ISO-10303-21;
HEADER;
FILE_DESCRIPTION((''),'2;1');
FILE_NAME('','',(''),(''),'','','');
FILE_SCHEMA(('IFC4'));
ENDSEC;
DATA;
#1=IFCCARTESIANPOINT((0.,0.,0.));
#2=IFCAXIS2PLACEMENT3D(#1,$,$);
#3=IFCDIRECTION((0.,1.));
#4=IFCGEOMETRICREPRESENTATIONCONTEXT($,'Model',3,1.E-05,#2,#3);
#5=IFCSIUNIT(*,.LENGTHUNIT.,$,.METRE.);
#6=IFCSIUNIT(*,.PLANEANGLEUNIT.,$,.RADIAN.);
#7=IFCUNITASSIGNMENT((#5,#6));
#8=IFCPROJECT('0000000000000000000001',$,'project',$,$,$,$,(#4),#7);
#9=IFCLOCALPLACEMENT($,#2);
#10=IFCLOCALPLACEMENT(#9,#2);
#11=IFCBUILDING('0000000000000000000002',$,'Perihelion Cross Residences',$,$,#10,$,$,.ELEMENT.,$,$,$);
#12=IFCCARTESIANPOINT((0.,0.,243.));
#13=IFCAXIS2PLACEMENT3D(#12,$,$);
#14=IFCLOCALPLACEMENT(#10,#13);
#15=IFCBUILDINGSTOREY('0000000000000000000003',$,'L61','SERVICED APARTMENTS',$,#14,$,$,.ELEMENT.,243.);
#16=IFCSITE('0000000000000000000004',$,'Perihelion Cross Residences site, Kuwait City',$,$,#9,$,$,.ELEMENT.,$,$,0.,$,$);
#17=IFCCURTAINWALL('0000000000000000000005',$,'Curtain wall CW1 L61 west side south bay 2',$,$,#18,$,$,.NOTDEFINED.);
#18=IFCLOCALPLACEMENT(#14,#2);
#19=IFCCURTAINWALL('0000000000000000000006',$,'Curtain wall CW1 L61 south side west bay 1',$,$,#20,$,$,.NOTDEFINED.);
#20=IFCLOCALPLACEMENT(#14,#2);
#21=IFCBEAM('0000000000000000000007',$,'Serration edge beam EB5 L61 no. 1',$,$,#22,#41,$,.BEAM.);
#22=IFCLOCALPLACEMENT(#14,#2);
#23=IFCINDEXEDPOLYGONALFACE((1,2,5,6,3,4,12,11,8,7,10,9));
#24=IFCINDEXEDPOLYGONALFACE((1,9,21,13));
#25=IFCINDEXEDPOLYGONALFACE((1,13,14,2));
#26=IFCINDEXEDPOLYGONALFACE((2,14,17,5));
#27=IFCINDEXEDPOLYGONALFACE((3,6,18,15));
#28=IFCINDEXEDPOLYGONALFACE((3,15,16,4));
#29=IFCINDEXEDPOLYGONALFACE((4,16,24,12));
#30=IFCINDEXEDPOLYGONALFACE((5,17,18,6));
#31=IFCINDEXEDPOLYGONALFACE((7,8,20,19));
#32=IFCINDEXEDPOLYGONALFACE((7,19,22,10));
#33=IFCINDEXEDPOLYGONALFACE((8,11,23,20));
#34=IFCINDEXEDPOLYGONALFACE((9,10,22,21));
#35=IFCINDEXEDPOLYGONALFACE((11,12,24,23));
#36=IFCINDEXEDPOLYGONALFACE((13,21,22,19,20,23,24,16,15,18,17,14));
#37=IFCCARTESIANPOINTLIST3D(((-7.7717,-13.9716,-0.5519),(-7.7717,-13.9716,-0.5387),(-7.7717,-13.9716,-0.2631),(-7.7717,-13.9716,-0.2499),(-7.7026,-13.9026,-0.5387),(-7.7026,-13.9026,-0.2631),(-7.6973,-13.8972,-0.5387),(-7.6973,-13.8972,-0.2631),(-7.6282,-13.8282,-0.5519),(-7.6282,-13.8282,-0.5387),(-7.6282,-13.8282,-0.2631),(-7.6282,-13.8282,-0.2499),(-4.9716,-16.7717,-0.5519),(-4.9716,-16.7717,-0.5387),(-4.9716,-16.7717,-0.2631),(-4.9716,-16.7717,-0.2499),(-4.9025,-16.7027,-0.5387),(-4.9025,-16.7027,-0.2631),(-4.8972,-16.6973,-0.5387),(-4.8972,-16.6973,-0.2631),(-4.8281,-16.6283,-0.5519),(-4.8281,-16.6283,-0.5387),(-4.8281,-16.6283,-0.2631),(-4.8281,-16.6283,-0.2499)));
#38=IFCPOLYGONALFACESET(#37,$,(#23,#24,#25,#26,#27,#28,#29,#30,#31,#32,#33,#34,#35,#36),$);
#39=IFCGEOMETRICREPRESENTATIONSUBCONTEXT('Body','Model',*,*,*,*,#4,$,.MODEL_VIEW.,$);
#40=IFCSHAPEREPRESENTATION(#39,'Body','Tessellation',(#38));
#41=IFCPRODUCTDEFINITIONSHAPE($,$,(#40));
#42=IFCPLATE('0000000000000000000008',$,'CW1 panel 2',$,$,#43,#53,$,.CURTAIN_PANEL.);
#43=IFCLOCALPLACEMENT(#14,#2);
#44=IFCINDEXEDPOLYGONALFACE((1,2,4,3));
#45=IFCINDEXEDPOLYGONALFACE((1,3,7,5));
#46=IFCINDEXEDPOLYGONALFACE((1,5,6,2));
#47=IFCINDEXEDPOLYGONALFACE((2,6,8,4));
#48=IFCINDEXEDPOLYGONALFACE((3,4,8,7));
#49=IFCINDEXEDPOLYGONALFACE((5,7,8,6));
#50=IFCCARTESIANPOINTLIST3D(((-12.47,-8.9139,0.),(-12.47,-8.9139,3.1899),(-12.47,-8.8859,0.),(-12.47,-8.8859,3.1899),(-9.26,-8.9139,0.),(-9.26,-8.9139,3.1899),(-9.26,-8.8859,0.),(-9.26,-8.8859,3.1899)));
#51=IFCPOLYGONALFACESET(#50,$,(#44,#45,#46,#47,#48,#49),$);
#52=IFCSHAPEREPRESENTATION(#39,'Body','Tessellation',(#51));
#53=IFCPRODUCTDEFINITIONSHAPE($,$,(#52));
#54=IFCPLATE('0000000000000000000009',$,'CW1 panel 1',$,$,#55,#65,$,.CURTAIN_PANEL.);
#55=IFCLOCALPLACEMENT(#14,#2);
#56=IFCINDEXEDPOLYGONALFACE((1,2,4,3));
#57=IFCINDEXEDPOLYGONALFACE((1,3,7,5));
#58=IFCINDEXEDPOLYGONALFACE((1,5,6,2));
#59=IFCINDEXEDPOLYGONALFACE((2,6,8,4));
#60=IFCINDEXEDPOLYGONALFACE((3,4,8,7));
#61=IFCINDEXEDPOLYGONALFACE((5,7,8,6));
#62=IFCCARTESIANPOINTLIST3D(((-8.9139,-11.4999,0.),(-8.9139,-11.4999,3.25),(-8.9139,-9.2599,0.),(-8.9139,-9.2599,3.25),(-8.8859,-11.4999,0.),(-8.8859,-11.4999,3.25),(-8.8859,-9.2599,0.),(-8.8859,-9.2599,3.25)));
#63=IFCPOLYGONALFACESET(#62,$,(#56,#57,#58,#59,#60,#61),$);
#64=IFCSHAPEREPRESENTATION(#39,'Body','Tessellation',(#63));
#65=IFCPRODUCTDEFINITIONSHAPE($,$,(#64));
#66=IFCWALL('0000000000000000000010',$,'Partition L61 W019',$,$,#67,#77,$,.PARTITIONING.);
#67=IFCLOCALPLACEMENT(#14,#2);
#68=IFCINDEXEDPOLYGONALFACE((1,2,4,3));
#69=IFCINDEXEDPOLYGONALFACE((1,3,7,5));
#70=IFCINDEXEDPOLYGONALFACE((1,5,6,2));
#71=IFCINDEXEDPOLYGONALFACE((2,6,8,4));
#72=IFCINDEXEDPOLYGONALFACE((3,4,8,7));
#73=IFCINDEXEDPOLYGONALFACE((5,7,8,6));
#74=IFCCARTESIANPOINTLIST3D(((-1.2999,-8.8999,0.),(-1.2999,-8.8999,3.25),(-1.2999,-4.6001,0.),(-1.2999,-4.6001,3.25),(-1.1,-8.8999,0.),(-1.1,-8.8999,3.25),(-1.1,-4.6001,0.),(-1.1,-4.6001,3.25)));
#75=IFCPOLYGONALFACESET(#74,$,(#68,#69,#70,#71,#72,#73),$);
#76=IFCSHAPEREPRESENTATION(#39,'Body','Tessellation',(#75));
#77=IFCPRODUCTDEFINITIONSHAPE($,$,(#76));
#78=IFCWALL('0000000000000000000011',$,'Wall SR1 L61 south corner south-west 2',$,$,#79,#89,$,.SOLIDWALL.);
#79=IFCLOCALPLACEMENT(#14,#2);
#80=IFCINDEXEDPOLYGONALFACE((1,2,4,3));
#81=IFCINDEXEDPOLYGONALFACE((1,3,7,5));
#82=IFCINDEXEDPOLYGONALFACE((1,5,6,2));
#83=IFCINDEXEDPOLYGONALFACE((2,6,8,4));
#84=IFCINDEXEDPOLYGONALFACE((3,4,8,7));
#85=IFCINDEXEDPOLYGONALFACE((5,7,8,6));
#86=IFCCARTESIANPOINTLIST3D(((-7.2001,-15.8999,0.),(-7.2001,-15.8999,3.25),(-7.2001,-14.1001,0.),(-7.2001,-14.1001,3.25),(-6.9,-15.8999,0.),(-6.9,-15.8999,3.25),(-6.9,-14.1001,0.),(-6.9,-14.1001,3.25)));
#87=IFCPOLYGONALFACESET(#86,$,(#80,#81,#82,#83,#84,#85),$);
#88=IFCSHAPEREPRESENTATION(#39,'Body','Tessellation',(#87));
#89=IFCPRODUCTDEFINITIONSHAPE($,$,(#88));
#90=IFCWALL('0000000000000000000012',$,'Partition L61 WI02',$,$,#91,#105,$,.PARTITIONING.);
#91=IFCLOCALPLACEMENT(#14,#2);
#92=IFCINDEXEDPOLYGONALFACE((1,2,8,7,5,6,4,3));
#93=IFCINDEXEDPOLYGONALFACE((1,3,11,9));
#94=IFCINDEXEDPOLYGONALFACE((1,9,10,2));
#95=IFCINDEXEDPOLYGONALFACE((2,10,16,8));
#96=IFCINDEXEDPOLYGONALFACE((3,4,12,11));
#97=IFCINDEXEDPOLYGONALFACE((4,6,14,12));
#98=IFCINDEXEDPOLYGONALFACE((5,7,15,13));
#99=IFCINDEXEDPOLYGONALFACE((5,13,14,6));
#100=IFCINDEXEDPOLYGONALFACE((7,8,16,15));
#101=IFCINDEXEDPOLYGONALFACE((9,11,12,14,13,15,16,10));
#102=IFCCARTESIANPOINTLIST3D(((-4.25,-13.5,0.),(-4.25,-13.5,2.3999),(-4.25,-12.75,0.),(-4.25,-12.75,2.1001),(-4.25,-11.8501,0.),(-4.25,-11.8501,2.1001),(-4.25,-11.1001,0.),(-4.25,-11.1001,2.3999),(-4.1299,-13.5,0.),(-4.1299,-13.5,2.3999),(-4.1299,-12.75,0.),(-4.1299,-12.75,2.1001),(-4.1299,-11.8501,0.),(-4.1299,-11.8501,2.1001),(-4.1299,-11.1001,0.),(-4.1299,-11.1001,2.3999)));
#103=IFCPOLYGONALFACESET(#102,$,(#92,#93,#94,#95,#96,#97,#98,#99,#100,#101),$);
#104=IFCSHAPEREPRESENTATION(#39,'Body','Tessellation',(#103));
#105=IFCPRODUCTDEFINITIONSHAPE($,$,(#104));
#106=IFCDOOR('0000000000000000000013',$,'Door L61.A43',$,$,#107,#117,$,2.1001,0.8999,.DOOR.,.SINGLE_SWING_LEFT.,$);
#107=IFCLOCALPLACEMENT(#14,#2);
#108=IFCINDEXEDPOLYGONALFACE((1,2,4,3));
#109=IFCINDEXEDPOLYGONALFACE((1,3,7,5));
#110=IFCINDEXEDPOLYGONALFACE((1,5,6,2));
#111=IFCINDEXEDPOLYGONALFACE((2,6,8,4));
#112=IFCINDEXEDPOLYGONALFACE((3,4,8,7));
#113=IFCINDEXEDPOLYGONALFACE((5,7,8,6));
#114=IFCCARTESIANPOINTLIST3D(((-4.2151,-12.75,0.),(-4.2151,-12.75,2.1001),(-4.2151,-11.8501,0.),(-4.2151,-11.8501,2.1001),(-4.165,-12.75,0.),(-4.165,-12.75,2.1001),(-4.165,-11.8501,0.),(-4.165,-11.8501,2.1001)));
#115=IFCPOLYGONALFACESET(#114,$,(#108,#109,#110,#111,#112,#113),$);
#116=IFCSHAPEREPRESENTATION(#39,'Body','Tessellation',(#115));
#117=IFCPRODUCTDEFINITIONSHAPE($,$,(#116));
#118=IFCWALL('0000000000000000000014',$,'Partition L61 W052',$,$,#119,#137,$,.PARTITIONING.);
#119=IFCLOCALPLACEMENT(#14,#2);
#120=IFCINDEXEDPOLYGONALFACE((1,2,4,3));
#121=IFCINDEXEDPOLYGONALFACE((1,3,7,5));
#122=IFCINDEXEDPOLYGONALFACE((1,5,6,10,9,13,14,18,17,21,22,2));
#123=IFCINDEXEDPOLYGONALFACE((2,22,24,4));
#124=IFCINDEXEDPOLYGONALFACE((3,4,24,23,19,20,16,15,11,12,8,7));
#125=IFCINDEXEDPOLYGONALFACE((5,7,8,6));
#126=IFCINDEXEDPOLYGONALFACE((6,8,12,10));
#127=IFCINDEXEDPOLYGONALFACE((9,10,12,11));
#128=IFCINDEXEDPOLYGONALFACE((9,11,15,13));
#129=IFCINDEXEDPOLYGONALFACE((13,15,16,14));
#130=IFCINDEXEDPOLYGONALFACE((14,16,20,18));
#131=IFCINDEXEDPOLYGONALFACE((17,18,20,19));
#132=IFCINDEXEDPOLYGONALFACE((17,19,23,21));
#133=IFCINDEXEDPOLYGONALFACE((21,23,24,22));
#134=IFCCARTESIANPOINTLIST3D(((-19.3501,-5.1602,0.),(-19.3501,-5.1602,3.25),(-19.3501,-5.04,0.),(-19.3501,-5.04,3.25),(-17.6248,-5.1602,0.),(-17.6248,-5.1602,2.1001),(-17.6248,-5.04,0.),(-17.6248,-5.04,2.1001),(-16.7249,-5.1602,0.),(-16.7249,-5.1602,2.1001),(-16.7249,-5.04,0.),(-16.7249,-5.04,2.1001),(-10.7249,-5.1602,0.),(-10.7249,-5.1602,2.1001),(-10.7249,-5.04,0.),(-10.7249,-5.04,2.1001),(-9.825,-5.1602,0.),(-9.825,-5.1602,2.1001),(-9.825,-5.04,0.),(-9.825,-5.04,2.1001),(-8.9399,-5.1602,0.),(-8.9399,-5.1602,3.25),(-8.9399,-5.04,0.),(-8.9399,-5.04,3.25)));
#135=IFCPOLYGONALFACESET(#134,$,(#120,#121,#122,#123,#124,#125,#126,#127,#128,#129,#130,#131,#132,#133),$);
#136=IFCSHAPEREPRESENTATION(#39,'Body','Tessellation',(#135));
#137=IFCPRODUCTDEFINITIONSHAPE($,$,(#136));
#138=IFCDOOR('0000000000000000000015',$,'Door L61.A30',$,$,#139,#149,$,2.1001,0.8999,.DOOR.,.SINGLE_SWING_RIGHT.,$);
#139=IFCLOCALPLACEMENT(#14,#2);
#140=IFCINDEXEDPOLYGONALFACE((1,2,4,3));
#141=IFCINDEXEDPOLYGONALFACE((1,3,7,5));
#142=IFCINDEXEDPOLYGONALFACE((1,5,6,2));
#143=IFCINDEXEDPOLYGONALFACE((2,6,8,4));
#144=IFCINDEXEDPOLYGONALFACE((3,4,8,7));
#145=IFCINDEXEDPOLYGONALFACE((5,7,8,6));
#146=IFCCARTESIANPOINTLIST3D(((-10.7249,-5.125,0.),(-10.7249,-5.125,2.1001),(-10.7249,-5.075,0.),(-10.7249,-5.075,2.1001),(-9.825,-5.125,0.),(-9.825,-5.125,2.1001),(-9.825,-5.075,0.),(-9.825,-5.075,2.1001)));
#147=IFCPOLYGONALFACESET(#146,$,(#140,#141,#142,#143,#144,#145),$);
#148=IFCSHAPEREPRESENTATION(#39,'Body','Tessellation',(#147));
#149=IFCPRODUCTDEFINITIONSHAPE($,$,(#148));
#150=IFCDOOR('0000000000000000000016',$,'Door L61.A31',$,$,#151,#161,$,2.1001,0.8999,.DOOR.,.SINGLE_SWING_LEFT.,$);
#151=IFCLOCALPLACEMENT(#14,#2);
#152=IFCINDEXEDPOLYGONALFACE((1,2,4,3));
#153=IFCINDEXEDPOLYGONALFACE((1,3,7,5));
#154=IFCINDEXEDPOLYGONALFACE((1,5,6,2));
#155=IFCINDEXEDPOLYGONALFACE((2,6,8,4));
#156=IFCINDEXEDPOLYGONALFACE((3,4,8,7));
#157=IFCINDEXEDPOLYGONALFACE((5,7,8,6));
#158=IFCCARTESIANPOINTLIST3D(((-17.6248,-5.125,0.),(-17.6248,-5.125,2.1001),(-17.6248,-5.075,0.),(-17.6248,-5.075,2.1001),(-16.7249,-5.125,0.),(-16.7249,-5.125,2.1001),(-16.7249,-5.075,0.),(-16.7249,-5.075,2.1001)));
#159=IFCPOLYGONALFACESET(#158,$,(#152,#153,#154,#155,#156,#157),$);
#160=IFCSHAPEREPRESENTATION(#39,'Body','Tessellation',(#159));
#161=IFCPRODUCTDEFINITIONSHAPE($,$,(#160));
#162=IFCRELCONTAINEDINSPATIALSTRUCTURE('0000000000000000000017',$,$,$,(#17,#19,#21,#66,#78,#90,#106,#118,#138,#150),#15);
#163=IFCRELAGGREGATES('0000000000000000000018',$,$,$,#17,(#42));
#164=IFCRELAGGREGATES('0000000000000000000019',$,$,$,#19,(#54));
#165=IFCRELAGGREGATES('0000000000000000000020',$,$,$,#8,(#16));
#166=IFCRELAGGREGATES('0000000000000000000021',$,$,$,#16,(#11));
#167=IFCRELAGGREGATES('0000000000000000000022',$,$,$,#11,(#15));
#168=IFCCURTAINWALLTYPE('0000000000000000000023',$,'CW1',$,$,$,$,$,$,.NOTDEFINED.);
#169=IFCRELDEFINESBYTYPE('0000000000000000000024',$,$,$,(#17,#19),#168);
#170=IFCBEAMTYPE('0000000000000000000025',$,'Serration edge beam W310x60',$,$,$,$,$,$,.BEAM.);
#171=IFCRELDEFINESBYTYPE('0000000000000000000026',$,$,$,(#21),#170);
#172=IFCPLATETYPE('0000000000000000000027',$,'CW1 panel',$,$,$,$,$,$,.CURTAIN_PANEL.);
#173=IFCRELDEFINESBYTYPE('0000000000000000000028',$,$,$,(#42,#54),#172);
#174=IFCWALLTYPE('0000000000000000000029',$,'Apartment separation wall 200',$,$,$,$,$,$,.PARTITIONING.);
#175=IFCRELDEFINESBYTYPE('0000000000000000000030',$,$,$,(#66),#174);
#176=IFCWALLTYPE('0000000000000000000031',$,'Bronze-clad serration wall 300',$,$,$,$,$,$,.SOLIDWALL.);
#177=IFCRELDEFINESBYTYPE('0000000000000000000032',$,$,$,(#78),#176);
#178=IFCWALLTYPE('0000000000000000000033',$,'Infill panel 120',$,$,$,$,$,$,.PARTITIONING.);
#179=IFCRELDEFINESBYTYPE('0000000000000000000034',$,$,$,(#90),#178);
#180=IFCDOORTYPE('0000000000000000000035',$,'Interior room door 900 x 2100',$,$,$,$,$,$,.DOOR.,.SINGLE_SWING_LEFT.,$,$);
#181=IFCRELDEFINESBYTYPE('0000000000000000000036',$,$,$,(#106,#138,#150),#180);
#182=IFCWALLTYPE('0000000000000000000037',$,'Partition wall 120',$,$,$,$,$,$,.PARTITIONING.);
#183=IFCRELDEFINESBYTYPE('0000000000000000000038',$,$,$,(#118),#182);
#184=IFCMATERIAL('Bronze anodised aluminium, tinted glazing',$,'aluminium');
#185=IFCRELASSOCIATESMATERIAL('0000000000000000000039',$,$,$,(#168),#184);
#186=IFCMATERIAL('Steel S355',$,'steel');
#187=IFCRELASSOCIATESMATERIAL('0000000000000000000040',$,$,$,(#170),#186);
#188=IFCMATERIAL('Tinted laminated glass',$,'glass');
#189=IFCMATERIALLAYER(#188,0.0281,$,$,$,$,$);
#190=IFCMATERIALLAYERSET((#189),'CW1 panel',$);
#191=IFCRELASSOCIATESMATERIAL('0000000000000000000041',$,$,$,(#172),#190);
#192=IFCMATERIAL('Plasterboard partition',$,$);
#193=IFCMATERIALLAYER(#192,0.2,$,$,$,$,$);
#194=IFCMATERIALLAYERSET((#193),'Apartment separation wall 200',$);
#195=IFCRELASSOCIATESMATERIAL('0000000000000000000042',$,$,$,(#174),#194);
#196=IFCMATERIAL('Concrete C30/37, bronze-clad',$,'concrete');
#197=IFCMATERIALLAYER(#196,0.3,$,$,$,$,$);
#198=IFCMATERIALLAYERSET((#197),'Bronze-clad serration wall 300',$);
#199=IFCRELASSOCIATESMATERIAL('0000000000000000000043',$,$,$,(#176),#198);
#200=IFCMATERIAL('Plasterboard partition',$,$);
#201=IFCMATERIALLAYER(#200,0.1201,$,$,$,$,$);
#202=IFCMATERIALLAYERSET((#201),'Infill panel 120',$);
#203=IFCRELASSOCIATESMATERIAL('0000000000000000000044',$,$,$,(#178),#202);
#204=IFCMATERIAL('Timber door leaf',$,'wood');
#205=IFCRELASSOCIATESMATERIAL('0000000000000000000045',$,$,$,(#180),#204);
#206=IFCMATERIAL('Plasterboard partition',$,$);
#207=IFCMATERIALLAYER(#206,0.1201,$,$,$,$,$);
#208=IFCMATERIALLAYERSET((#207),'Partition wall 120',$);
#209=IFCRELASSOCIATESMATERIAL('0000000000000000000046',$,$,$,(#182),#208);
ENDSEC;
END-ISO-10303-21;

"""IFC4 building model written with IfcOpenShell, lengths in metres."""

from ifc_helpers import new_model, si_unit, direction, frame, frame_2d, origin, origin_2d, place, context, subcontext, project, spatial, rectangle, i_section, extrude, material, layer, layer_set, material_profile, profile_set, type_object, element, fill, aggregate, save


model = new_model("IFC4")

# Units and contexts
model_context = context("Model", 3, precision=1e-05, world=origin(), true_north=direction((0.0, 1.0)))
body_context = subcontext(model_context, "Body", "Model", "MODEL_VIEW")
ifc_project = project(units=[si_unit("LENGTHUNIT", "METRE"), si_unit("PLANEANGLEUNIT", "RADIAN")], contexts=[model_context])

# Site, building, storey
site_placement = place(None, origin())
site = spatial("IfcSite", under=ifc_project, at=site_placement, Name="Perihelion Cross Residences site, Kuwait City", CompositionType="ELEMENT", RefElevation=0.0)
building_placement = place(site_placement, origin())
building = spatial("IfcBuilding", under=site, at=building_placement, Name="Perihelion Cross Residences", CompositionType="ELEMENT")
storey_placement = place(building_placement, frame((0.0, 0.0, 243.0)))
storey = spatial("IfcBuildingStorey", under=building, at=storey_placement, Name="L61", Description="SERVICED APARTMENTS", CompositionType="ELEMENT", Elevation=243.0)

# Curtain walls
ifc_material_1 = material(Name="Bronze anodised aluminium, tinted glazing", Category="aluminium")
curtain_wall_type = type_object("IfcCurtainWallType", Name="CW1", PredefinedType="NOTDEFINED", material=ifc_material_1)
curtain_wall_1_placement = place(storey_placement, origin())
curtain_wall_1 = element("IfcCurtainWall", 1, at=curtain_wall_1_placement, inside=storey, type_object=curtain_wall_type, Name="Curtain wall CW1 L61 west side south bay 2", PredefinedType="NOTDEFINED")
curtain_wall_2_placement = place(storey_placement, origin())
curtain_wall_2 = element("IfcCurtainWall", 2, at=curtain_wall_2_placement, inside=storey, type_object=curtain_wall_type, Name="Curtain wall CW1 L61 south side west bay 1", PredefinedType="NOTDEFINED")

# Beam
ifc_material_2 = material(Name="Steel S355", Category="steel")
ifc_material_profile_1 = material_profile(ifc_material_2, i_section(OverallWidth=0.2029, OverallDepth=0.302, WebThickness=0.0076, FlangeThickness=0.0132, at=origin_2d()), Name="W310x60")
ifc_profile_set_1 = profile_set([ifc_material_profile_1], Name="Steel S355")
beam_type_1 = type_object("IfcBeamType", Name="Serration edge beam W310x60", PredefinedType="BEAM", material=ifc_profile_set_1)
beam_1_placement = place(storey_placement, frame((-7.7, -13.8999, -0.4009), z_axis=(0.707107, -0.707107, 0.0), x_axis=(0.707107, 0.707107, 0.0)))
element("IfcBeam", 3, at=beam_1_placement, inside=storey, type_object=beam_type_1, Name="Serration edge beam EB5 L61 no. 1", PredefinedType="BEAM", context=body_context, shape_type="SweptSolid", body=[
    extrude(i_section(OverallWidth=0.2029, OverallDepth=0.302, WebThickness=0.0076, FlangeThickness=0.0132, at=origin_2d()), origin(), (0.0, 0.0, 1.0), 3.96),
])

# Plates
ifc_material_3 = material(Name="Tinted laminated glass", Category="glass")
ifc_layer_1 = layer(ifc_material_3, 0.0281)
ifc_layer_set_1 = layer_set([ifc_layer_1], Name="CW1 panel")
plate_type = type_object("IfcPlateType", Name="CW1 panel", PredefinedType="CURTAIN_PANEL", material=ifc_layer_set_1)
plate_1_placement = place(storey_placement, frame((-10.865, -8.8999, 0.0), z_axis=(0.0, 0.0, 1.0), x_axis=(1.0, 0.0, 0.0)))
plate_1 = element("IfcPlate", 4, at=plate_1_placement, type_object=plate_type, Name="CW1 panel 2", PredefinedType="CURTAIN_PANEL", context=body_context, shape_type="SweptSolid", body=[
    extrude(rectangle(XDim=3.21, YDim=0.0281, at=origin_2d()), origin(), (0.0, 0.0, 1.0), 3.1899),
])
aggregate(curtain_wall_1, [plate_1])
plate_2_placement = place(storey_placement, frame((-8.8999, -10.3799, 0.0), z_axis=(0.0, 0.0, 1.0), x_axis=(0.0, -1.0, 0.0)))
plate_2 = element("IfcPlate", 5, at=plate_2_placement, type_object=plate_type, Name="CW1 panel 1", PredefinedType="CURTAIN_PANEL", context=body_context, shape_type="SweptSolid", body=[
    extrude(rectangle(XDim=2.24, YDim=0.0281, at=origin_2d()), origin(), (0.0, 0.0, 1.0), 3.25),
])
aggregate(curtain_wall_2, [plate_2])

# Wall
ifc_material_4 = material(Name="Plasterboard partition")
ifc_layer_2 = layer(ifc_material_4, 0.2)
ifc_layer_set_2 = layer_set([ifc_layer_2], Name="Apartment separation wall 200")
wall_type_1 = type_object("IfcWallType", Name="Apartment separation wall 200", PredefinedType="PARTITIONING", material=ifc_layer_set_2)
wall_1_placement = place(storey_placement, frame((-1.2, -8.8999, 0.0), z_axis=(0.0, 0.0, 1.0), x_axis=(0.0, 1.0, 0.0)))
element("IfcWall", 6, at=wall_1_placement, inside=storey, type_object=wall_type_1, Name="Partition L61 W019", PredefinedType="PARTITIONING", context=body_context, shape_type="SweptSolid", body=[
    extrude(rectangle(XDim=4.2998, YDim=0.2, at=frame_2d((2.1499, 0.0))), origin(), (0.0, 0.0, 1.0), 3.25),
])

# Wall
ifc_material_5 = material(Name="Concrete C30/37, bronze-clad", Category="concrete")
ifc_layer_3 = layer(ifc_material_5, 0.3)
ifc_layer_set_3 = layer_set([ifc_layer_3], Name="Bronze-clad serration wall 300")
wall_type_2 = type_object("IfcWallType", Name="Bronze-clad serration wall 300", PredefinedType="SOLIDWALL", material=ifc_layer_set_3)
wall_2_placement = place(storey_placement, frame((-7.05, -14.1001, 0.0), z_axis=(0.0, 0.0, 1.0), x_axis=(0.0, -1.0, 0.0)))
element("IfcWall", 7, at=wall_2_placement, inside=storey, type_object=wall_type_2, Name="Wall SR1 L61 south corner south-west 2", PredefinedType="SOLIDWALL", context=body_context, shape_type="SweptSolid", body=[
    extrude(rectangle(XDim=1.7998, YDim=0.3, at=frame_2d((0.8999, 0.0))), origin(), (0.0, 0.0, 1.0), 3.25),
])

# Wall, opening, door
ifc_material_6 = material(Name="Plasterboard partition")
ifc_layer_4 = layer(ifc_material_6, 0.1201)
ifc_layer_set_4 = layer_set([ifc_layer_4], Name="Infill panel 120")
wall_type_3 = type_object("IfcWallType", Name="Infill panel 120", PredefinedType="PARTITIONING", material=ifc_layer_set_4)
wall_3_placement = place(storey_placement, frame((-4.1899, -11.1001, 0.0), z_axis=(0.0, 0.0, 1.0), x_axis=(0.0, -1.0, 0.0)))
wall_3 = element("IfcWall", 8, at=wall_3_placement, inside=storey, type_object=wall_type_3, Name="Partition L61 WI02", PredefinedType="PARTITIONING", context=body_context, shape_type="SweptSolid", body=[
    extrude(rectangle(XDim=2.3999, YDim=0.1201, at=frame_2d((1.2, 0.0))), origin(), (0.0, 0.0, 1.0), 2.3999),
])
opening_1_placement = place(wall_3_placement, frame((0.75, 0.0, 0.0)))
opening_1 = element("IfcOpeningElement", 9, at=opening_1_placement, cuts=wall_3, PredefinedType="OPENING", context=body_context, shape_type="SweptSolid", body=[
    extrude(rectangle(XDim=0.8999, YDim=2.1001, at=frame_2d((0.45, 1.05))), frame((0.0, 0.0701, 0.0), z_axis=(0.0, -1.0, 0.0), x_axis=(1.0, 0.0, 0.0)), (0.0, 0.0, 1.0), 0.1401),
])
ifc_material_7 = material(Name="Timber door leaf", Category="wood")
door_type_1 = type_object("IfcDoorType", Name="Interior room door 900 x 2100", OperationType="SINGLE_SWING_LEFT", PredefinedType="DOOR", material=ifc_material_7)
door_1_placement = place(opening_1_placement, origin())
door_1 = element("IfcDoor", 10, at=door_1_placement, inside=storey, type_object=door_type_1, Name="Door L61.A43", OperationType="SINGLE_SWING_LEFT", OverallHeight=2.1001, OverallWidth=0.8999, PredefinedType="DOOR", context=body_context, shape_type="SweptSolid", body=[
    extrude(rectangle(XDim=0.8999, YDim=2.1001, at=frame_2d((0.45, 1.05))), frame((0.0, 0.0249, 0.0), z_axis=(0.0, -1.0, 0.0), x_axis=(1.0, 0.0, 0.0)), (0.0, 0.0, 1.0), 0.05),
])
fill(opening_1, door_1)

# Wall, openings, doors
ifc_material_8 = material(Name="Plasterboard partition")
ifc_layer_5 = layer(ifc_material_8, 0.1201)
ifc_layer_set_5 = layer_set([ifc_layer_5], Name="Partition wall 120")
wall_type_4 = type_object("IfcWallType", Name="Partition wall 120", PredefinedType="PARTITIONING", material=ifc_layer_set_5)
wall_4_placement = place(storey_placement, frame((-8.9399, -5.1001, 0.0), z_axis=(0.0, 0.0, 1.0), x_axis=(-1.0, 0.0, 0.0)))
wall_4 = element("IfcWall", 11, at=wall_4_placement, inside=storey, type_object=wall_type_4, Name="Partition L61 W052", PredefinedType="PARTITIONING", context=body_context, shape_type="SweptSolid", body=[
    extrude(rectangle(XDim=10.4102, YDim=0.1201, at=frame_2d((5.2051, 0.0))), origin(), (0.0, 0.0, 1.0), 3.25),
])
opening_2_placement = place(wall_4_placement, frame((0.885, 0.0, 0.0)))
opening_2 = element("IfcOpeningElement", 12, at=opening_2_placement, cuts=wall_4, PredefinedType="OPENING", context=body_context, shape_type="SweptSolid", body=[
    extrude(rectangle(XDim=0.8999, YDim=2.1001, at=frame_2d((0.45, 1.05))), frame((0.0, 0.0701, 0.0), z_axis=(0.0, -1.0, 0.0), x_axis=(1.0, 0.0, 0.0)), (0.0, 0.0, 1.0), 0.1401),
])
opening_3_placement = place(wall_4_placement, frame((7.7849, 0.0, 0.0)))
opening_3 = element("IfcOpeningElement", 13, at=opening_3_placement, cuts=wall_4, PredefinedType="OPENING", context=body_context, shape_type="SweptSolid", body=[
    extrude(rectangle(XDim=0.8999, YDim=2.1001, at=frame_2d((0.45, 1.05))), frame((0.0, 0.0701, 0.0), z_axis=(0.0, -1.0, 0.0), x_axis=(1.0, 0.0, 0.0)), (0.0, 0.0, 1.0), 0.1401),
])
door_2_placement = place(opening_2_placement, origin())
door_2 = element("IfcDoor", 14, at=door_2_placement, inside=storey, type_object=door_type_1, Name="Door L61.A30", OperationType="SINGLE_SWING_RIGHT", OverallHeight=2.1001, OverallWidth=0.8999, PredefinedType="DOOR", context=body_context, shape_type="SweptSolid", body=[
    extrude(rectangle(XDim=0.8999, YDim=2.1001, at=frame_2d((0.45, 1.05))), frame((0.0, 0.0249, 0.0), z_axis=(0.0, -1.0, 0.0), x_axis=(1.0, 0.0, 0.0)), (0.0, 0.0, 1.0), 0.05),
])
fill(opening_2, door_2)
door_3_placement = place(opening_3_placement, origin())
door_3 = element("IfcDoor", 15, at=door_3_placement, inside=storey, type_object=door_type_1, Name="Door L61.A31", OperationType="SINGLE_SWING_LEFT", OverallHeight=2.1001, OverallWidth=0.8999, PredefinedType="DOOR", context=body_context, shape_type="SweptSolid", body=[
    extrude(rectangle(XDim=0.8999, YDim=2.1001, at=frame_2d((0.45, 1.05))), frame((0.0, 0.0249, 0.0), z_axis=(0.0, -1.0, 0.0), x_axis=(1.0, 0.0, 0.0)), (0.0, 0.0, 1.0), 0.05),
])
fill(opening_3, door_3)

save(model, "model.ifc")
